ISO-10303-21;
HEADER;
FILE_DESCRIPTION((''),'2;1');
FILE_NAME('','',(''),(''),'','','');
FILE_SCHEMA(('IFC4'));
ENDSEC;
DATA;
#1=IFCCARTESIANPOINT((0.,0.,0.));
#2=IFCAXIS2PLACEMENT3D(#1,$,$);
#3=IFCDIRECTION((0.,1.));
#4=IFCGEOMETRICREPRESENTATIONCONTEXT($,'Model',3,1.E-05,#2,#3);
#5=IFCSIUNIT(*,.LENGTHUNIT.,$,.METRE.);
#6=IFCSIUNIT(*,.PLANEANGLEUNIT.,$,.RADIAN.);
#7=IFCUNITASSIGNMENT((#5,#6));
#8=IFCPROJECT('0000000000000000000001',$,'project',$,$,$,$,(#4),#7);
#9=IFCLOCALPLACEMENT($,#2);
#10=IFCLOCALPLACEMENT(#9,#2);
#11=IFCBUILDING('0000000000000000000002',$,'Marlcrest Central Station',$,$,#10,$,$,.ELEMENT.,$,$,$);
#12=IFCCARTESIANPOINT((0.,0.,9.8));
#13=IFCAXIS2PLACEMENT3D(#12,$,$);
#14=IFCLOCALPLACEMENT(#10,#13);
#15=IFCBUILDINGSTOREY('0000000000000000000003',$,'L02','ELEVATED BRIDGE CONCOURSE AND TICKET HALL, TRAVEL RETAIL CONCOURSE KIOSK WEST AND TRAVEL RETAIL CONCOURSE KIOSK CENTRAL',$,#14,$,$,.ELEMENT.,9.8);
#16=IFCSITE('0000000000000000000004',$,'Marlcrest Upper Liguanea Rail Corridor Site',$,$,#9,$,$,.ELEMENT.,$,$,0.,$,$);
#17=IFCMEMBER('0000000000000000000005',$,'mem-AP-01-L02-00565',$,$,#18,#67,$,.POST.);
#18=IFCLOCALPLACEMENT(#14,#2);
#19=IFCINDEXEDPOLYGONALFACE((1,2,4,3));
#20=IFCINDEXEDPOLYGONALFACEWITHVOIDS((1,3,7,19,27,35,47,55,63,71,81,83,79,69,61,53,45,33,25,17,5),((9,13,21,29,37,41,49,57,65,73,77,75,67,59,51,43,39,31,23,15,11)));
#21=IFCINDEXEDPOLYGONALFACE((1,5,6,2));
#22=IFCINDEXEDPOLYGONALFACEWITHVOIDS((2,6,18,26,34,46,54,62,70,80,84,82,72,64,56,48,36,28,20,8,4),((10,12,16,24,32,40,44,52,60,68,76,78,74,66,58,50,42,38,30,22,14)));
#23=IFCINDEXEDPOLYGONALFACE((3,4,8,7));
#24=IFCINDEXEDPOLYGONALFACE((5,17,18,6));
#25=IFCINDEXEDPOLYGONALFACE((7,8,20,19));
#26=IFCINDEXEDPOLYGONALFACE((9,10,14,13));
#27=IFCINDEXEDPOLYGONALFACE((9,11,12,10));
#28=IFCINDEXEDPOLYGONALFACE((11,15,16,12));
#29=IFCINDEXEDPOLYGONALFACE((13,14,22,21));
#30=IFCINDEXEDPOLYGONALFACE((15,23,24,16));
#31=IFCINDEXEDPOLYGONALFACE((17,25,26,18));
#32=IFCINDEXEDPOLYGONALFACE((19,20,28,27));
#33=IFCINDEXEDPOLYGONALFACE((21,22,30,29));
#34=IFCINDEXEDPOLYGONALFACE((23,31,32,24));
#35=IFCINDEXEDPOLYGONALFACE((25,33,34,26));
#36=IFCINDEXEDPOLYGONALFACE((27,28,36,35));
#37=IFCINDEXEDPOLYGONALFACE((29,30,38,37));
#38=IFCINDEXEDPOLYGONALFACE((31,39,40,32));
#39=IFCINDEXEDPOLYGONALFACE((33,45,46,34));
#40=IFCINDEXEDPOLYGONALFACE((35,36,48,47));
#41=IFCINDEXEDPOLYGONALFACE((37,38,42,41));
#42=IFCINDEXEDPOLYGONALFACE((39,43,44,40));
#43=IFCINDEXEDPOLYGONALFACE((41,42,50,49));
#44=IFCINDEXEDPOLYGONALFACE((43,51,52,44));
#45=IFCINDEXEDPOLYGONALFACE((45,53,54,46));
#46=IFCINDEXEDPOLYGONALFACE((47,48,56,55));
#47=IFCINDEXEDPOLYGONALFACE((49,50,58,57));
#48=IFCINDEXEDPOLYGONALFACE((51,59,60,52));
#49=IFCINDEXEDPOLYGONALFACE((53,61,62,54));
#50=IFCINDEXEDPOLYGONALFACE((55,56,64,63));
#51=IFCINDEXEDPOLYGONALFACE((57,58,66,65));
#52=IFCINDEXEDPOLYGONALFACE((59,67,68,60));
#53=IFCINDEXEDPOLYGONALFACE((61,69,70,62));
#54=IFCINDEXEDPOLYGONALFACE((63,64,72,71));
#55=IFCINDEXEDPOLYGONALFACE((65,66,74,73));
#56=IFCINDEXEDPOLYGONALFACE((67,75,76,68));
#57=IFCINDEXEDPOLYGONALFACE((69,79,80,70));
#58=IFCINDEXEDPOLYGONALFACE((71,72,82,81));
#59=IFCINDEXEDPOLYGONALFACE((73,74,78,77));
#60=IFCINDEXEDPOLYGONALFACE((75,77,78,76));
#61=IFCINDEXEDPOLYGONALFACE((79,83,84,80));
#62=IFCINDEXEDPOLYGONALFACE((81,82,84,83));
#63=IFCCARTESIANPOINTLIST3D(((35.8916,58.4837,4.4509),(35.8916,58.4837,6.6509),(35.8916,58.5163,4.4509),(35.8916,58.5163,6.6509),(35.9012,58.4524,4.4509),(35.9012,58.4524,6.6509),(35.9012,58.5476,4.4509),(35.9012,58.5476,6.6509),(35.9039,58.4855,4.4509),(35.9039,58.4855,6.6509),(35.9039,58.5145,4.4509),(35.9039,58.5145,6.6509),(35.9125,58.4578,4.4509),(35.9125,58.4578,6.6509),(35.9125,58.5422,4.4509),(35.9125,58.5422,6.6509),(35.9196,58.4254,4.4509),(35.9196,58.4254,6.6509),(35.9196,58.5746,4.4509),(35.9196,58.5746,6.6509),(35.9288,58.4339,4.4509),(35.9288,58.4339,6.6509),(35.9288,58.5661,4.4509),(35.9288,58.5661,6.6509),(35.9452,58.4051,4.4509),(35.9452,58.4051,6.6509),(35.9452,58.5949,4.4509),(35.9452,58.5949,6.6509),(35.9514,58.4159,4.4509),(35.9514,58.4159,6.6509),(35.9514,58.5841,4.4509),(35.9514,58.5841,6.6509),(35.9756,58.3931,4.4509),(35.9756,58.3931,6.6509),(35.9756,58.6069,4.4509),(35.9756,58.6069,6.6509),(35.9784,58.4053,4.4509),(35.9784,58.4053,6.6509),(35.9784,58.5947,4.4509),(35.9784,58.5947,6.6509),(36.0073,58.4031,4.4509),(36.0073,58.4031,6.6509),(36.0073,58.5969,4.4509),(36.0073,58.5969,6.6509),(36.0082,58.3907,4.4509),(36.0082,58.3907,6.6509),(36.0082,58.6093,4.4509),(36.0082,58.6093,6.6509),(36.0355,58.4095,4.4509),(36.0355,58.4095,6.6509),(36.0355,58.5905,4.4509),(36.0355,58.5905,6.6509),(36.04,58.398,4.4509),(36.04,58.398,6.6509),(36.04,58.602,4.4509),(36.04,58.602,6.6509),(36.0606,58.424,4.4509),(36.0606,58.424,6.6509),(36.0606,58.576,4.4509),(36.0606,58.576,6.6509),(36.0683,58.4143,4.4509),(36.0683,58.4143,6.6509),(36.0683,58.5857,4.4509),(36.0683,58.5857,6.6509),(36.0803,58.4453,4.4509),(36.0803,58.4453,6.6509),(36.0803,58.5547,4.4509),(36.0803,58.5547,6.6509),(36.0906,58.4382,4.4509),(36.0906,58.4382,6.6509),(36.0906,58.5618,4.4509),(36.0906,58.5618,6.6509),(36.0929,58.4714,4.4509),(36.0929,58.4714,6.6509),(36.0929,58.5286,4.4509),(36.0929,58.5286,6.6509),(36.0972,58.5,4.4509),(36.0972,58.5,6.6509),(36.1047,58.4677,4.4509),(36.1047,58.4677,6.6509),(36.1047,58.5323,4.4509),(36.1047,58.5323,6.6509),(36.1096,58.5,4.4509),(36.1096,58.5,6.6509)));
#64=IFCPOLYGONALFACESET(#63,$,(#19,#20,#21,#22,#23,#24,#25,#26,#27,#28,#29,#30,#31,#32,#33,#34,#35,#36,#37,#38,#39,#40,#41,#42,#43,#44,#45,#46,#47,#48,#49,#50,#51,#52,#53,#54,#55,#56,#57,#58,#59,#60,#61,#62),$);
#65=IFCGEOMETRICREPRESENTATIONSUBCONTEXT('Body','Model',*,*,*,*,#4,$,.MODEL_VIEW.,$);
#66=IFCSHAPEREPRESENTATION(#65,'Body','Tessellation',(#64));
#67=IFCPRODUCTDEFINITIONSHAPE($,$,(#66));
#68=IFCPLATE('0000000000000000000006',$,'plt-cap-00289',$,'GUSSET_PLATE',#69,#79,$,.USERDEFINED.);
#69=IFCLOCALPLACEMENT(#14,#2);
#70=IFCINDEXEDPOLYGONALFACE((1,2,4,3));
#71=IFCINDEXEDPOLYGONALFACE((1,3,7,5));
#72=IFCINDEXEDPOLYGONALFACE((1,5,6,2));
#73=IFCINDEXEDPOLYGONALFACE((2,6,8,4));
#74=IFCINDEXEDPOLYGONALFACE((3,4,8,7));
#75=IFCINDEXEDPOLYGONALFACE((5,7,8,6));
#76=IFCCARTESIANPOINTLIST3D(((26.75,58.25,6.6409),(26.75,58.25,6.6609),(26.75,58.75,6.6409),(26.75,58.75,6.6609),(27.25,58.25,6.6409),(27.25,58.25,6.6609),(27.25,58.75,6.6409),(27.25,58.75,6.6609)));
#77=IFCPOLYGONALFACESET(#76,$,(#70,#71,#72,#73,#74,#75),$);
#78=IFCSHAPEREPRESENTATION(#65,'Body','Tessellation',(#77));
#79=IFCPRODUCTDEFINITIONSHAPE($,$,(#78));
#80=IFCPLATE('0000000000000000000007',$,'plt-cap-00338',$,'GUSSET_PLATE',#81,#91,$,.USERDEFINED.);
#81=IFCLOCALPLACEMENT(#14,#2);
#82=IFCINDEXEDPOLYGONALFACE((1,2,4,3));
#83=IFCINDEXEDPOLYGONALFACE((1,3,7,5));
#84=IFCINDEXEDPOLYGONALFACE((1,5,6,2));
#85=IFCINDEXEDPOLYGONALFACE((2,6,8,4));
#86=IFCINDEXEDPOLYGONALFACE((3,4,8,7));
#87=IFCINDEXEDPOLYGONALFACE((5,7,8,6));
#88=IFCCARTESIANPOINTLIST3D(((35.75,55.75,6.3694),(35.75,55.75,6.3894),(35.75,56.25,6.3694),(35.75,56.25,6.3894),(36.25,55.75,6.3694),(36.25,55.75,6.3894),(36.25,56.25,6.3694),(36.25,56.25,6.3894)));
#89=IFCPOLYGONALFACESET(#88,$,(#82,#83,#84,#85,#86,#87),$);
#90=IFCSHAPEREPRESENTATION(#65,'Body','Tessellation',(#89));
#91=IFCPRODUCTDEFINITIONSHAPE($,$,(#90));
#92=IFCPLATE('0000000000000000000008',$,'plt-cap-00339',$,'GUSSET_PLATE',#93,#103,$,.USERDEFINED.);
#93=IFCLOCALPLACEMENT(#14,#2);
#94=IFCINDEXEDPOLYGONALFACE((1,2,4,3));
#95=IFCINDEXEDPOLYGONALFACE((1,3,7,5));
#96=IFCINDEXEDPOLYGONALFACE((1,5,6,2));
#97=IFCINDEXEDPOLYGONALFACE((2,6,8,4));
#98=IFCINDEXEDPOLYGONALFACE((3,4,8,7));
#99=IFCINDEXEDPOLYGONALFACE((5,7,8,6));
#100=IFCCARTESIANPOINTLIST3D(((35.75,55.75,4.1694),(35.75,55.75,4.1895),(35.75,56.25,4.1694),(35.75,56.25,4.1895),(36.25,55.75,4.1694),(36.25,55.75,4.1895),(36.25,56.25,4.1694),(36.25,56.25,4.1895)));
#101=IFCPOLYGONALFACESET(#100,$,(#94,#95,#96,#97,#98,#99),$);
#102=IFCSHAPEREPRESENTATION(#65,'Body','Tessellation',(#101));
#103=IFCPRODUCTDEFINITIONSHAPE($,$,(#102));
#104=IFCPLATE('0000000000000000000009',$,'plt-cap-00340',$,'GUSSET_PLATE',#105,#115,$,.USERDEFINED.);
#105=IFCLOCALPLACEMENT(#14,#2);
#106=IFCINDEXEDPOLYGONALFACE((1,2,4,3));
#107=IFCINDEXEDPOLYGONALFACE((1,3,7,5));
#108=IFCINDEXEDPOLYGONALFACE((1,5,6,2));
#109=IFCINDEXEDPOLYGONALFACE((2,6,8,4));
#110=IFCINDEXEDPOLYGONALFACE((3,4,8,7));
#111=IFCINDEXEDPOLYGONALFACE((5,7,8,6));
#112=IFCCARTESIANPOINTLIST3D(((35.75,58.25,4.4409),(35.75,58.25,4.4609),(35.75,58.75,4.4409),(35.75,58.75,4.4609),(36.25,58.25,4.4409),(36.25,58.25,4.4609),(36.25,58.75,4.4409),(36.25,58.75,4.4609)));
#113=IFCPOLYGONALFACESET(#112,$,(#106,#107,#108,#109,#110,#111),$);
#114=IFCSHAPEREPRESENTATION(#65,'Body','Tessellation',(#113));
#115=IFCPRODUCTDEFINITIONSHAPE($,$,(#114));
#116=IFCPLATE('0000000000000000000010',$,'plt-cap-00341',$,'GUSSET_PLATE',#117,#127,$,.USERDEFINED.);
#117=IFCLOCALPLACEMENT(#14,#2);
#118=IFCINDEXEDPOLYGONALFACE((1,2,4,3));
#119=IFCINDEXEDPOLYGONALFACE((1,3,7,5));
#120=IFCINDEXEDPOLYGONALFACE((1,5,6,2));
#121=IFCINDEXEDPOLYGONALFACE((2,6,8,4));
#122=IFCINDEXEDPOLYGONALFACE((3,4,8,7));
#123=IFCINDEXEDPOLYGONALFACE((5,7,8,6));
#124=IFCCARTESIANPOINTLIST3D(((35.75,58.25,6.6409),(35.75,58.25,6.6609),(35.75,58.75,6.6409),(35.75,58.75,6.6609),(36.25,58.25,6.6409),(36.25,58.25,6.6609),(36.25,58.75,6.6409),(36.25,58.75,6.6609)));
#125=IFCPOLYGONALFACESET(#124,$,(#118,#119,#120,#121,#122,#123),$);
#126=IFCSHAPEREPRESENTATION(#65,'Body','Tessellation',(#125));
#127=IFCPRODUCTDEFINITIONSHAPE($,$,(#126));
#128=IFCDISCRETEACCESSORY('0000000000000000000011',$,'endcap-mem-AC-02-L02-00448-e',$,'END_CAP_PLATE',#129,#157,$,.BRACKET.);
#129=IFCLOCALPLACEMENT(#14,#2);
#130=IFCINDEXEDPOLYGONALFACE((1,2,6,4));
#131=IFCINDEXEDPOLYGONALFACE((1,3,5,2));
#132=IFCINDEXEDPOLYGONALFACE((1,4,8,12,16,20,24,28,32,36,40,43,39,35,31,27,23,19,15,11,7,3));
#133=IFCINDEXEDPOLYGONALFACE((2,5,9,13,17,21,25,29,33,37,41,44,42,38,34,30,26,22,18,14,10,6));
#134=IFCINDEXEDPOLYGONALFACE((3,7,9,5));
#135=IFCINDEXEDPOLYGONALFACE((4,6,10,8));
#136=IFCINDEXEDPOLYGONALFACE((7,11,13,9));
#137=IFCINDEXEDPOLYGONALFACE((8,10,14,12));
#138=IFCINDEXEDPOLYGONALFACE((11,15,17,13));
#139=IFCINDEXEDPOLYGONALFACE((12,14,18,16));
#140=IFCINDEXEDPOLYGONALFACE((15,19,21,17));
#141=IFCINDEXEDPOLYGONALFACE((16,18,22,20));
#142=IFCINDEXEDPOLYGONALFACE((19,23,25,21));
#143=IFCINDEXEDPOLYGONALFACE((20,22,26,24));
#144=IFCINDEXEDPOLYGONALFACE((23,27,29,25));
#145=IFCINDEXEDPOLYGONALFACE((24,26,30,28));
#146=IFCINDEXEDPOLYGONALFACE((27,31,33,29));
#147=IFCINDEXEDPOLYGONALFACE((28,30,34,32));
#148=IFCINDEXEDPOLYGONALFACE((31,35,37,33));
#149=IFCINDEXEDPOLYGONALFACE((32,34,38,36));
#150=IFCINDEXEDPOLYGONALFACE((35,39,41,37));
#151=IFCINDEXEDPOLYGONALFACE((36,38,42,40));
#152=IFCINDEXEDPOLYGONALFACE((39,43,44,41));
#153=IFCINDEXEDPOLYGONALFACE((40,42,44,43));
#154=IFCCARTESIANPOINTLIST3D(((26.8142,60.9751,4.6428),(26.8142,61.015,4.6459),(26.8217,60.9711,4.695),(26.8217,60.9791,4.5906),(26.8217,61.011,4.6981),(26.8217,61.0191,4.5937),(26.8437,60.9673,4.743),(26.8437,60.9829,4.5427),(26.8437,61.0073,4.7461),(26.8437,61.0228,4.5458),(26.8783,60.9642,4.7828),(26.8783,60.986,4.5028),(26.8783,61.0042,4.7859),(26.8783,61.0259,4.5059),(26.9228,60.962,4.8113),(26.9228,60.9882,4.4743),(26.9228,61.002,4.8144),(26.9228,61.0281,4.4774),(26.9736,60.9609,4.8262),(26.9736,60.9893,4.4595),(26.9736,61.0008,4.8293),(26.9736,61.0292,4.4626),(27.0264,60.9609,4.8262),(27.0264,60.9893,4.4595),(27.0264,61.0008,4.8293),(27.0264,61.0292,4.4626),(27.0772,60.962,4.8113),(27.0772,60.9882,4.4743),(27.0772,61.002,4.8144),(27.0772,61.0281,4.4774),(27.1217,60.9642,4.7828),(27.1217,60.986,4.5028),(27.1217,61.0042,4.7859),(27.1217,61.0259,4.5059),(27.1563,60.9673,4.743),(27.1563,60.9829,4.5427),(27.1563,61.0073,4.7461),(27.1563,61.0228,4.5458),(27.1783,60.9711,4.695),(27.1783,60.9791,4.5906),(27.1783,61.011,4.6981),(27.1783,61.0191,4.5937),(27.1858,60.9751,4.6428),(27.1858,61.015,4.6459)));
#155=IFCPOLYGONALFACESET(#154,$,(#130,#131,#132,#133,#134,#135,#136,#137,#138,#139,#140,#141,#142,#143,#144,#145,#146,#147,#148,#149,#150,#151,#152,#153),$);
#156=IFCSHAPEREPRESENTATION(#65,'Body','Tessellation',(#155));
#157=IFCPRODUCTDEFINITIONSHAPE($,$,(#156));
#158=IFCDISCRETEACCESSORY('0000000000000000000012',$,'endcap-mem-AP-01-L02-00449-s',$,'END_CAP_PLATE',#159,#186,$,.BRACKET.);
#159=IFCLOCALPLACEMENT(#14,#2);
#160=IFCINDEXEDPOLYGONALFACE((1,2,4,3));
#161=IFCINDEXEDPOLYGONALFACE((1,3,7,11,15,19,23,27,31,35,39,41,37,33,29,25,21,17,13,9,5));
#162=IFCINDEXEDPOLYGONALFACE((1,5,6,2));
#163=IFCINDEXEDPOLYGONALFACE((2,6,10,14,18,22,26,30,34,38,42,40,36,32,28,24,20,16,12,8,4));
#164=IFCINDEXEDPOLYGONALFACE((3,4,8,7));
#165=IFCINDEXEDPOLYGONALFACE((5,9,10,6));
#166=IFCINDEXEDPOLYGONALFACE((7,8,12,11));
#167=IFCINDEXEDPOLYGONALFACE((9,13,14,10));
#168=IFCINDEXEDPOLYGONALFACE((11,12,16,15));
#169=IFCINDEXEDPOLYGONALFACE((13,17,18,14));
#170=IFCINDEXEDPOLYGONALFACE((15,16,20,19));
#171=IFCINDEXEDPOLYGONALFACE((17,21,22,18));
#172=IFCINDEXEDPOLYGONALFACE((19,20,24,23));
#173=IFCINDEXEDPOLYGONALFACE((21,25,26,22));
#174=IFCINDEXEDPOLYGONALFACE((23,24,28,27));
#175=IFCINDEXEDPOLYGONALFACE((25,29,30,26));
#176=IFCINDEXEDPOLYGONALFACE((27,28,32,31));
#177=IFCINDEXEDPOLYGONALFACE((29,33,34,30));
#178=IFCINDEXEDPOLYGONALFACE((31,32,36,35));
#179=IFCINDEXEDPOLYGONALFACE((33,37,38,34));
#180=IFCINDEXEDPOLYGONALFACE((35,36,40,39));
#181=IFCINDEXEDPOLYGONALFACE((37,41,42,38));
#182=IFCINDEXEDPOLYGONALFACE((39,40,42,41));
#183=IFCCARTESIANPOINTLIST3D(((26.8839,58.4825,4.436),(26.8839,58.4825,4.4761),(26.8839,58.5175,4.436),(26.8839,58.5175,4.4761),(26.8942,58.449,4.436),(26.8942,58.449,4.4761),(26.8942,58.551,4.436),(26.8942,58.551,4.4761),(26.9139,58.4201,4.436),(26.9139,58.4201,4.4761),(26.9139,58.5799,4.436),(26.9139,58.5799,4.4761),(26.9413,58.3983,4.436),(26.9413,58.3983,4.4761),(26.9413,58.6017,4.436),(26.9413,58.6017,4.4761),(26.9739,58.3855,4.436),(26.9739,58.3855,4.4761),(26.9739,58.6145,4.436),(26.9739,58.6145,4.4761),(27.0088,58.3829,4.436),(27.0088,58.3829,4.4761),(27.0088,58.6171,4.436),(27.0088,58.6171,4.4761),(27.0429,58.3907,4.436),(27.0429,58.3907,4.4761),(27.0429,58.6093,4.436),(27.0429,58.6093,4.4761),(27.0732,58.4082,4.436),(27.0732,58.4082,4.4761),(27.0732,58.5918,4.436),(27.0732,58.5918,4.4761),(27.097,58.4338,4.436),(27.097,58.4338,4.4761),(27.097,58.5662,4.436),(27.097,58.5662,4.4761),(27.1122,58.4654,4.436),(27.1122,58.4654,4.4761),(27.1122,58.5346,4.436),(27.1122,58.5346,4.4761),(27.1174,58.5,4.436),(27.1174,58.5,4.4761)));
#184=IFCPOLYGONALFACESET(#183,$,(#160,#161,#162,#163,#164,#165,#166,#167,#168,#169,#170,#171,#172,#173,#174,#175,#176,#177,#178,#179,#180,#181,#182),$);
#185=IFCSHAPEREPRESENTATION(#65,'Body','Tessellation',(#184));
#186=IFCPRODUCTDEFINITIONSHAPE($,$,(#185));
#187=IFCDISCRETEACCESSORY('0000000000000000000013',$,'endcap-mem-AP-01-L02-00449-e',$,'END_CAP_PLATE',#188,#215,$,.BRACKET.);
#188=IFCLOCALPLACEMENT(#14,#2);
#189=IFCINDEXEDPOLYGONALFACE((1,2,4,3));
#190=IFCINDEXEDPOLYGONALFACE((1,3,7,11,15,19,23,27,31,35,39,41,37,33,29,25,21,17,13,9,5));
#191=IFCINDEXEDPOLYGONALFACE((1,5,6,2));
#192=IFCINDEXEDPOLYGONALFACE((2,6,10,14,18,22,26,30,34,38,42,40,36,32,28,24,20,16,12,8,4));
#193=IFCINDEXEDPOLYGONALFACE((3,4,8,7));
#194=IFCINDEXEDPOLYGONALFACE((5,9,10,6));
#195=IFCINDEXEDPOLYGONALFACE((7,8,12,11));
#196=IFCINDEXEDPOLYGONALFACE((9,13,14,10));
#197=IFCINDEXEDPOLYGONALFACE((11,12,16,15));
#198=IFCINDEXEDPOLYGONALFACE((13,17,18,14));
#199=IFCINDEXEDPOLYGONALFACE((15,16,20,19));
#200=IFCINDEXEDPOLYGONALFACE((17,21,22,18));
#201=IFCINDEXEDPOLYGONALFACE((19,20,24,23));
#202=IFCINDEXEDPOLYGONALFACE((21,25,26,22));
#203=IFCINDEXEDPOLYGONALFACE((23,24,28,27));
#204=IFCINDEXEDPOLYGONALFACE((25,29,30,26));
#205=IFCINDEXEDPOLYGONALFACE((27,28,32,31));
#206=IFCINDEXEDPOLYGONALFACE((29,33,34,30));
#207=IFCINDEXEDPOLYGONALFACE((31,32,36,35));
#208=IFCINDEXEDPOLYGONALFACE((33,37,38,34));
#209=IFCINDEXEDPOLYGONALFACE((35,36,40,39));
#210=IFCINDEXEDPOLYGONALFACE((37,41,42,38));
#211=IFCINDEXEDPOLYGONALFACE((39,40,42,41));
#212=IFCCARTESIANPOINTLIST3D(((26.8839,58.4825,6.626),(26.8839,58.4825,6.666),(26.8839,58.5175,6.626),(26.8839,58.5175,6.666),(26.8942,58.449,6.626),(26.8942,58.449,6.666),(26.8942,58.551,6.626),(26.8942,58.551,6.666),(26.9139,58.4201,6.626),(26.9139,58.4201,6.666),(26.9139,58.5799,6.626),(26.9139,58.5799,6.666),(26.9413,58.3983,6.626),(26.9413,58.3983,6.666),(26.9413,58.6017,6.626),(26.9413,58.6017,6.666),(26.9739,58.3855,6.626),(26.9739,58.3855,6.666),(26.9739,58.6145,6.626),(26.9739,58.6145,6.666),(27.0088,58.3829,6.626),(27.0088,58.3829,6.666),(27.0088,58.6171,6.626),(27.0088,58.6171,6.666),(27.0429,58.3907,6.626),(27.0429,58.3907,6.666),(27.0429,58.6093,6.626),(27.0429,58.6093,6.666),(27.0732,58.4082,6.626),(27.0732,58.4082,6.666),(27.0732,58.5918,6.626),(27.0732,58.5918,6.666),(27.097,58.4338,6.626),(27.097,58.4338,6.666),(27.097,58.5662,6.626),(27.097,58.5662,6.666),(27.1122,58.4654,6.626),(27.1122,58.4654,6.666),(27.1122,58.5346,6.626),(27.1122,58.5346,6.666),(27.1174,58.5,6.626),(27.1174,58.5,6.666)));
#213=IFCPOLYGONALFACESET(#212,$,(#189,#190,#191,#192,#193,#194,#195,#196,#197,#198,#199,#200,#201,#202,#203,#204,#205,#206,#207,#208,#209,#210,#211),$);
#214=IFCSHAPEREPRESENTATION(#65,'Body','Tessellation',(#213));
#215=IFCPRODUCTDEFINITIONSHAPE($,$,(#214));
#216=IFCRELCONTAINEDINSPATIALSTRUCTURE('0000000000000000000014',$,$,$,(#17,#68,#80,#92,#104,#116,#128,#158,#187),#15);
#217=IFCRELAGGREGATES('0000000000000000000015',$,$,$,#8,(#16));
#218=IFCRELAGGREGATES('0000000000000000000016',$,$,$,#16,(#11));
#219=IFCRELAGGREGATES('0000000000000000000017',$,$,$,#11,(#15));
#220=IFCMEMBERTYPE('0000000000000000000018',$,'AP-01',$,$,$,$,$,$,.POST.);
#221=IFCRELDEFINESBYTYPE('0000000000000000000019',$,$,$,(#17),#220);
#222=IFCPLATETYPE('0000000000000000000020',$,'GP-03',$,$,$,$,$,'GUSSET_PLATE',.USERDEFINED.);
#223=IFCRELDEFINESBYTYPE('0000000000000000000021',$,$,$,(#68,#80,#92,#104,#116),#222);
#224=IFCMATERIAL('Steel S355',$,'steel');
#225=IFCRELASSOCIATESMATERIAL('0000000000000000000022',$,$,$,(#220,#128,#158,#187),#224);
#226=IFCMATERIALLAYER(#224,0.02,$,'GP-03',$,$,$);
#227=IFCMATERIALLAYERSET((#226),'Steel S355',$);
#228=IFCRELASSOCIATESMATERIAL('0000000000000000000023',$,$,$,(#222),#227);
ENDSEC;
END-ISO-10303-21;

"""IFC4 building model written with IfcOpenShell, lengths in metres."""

from ifc_helpers import new_model, si_unit, direction, frame, origin, origin_2d, place, context, subcontext, project, spatial, rectangle, circle, hollow_circle, extrude, material, layer, layer_set, material_profile, profile_set, type_object, element, save


model = new_model("IFC4")

# Units and contexts
model_context = context("Model", 3, precision=1e-05, world=origin(), true_north=direction((0.0, 1.0)))
body_context = subcontext(model_context, "Body", "Model", "MODEL_VIEW")
ifc_project = project(units=[si_unit("LENGTHUNIT", "METRE"), si_unit("PLANEANGLEUNIT", "RADIAN")], contexts=[model_context])

# Site, building, storey
site_placement = place(None, origin())
site = spatial("IfcSite", under=ifc_project, at=site_placement, Name="Marlcrest Upper Liguanea Rail Corridor Site", CompositionType="ELEMENT", RefElevation=0.0)
building_placement = place(site_placement, origin())
building = spatial("IfcBuilding", under=site, at=building_placement, Name="Marlcrest Central Station", CompositionType="ELEMENT")
storey_placement = place(building_placement, frame((0.0, 0.0, 9.8)))
storey = spatial("IfcBuildingStorey", under=building, at=storey_placement, Name="L02", Description="ELEVATED BRIDGE CONCOURSE AND TICKET HALL, TRAVEL RETAIL CONCOURSE KIOSK WEST AND TRAVEL RETAIL CONCOURSE KIOSK CENTRAL", CompositionType="ELEMENT", Elevation=9.8)

# Member
ifc_material = material(Name="Steel S355", Category="steel")
ifc_material_profile_1 = material_profile(ifc_material, hollow_circle(Radius=0.1096, WallThickness=0.0125, at=origin_2d()), Name="CHS 219.1x12.5")
ifc_profile_set_1 = profile_set([ifc_material_profile_1], Name="Steel S355")
member_type_1 = type_object("IfcMemberType", Name="AP-01", PredefinedType="POST", material=ifc_profile_set_1)
for number, where, z_axis, x_axis, name in (
    (1, (36.0, 58.5, 4.4509), (0.0, 0.0, 1.0), (1.0, 0.0, 0.0), "mem-AP-01-L02-00565"),
):
    element("IfcMember", number, at=place(storey_placement, frame(where, z_axis=z_axis, x_axis=x_axis)), inside=storey, type_object=member_type_1, Name=name, PredefinedType="POST", context=body_context, shape_type="SweptSolid", body=[
        extrude(hollow_circle(Radius=0.1096, WallThickness=0.0125, at=origin_2d()), origin(), (0.0, 0.0, 1.0), 2.2),
    ])

# Plates
ifc_layer = layer(ifc_material, 0.02, Name="GP-03")
ifc_layer_set = layer_set([ifc_layer], Name="Steel S355")
plate_type = type_object("IfcPlateType", Name="GP-03", ElementType="GUSSET_PLATE", PredefinedType="USERDEFINED", material=ifc_layer_set)
for number, where, z_axis, x_axis, name in (
    (2, (27.0, 58.5, 6.6409), (0.0, 0.0, 1.0), (1.0, 0.0, 0.0), "plt-cap-00289"),
    (3, (36.0, 56.0, 6.3694), (0.0, 0.0, 1.0), (1.0, 0.0, 0.0), "plt-cap-00338"),
    (4, (36.0, 56.0, 4.1694), (0.0, 0.0, 1.0), (1.0, 0.0, 0.0), "plt-cap-00339"),
    (5, (36.0, 58.5, 4.4409), (0.0, 0.0, 1.0), (1.0, 0.0, 0.0), "plt-cap-00340"),
    (6, (36.0, 58.5, 6.6409), (0.0, 0.0, 1.0), (1.0, 0.0, 0.0), "plt-cap-00341"),
):
    element("IfcPlate", number, at=place(storey_placement, frame(where, z_axis=z_axis, x_axis=x_axis)), inside=storey, type_object=plate_type, Name=name, ObjectType="GUSSET_PLATE", PredefinedType="USERDEFINED", context=body_context, shape_type="SweptSolid", body=[
        extrude(rectangle(XDim=0.5, YDim=0.5, at=origin_2d()), origin(), (0.0, 0.0, 1.0), 0.02),
    ])

# Discrete accessories
discrete_accessory_1_placement = place(storey_placement, frame((27.0, 60.9751, 4.6428), z_axis=(0.0, 0.997007, 0.077307), x_axis=(-1.0, 0.0, 0.0)))
element("IfcDiscreteAccessory", 7, at=discrete_accessory_1_placement, inside=storey, material=ifc_material, Name="endcap-mem-AC-02-L02-00448-e", ObjectType="END_CAP_PLATE", PredefinedType="BRACKET", context=body_context, shape_type="SweptSolid", body=[
    extrude(circle(Radius=0.1858, at=origin_2d()), origin(), (0.0, 0.0, 1.0), 0.04),
])
for number, where, z_axis, x_axis, name in (
    (8, (27.0, 58.5, 4.436), (0.0, 0.0, 1.0), (1.0, 0.0, 0.0), "endcap-mem-AP-01-L02-00449-s"),
    (9, (27.0, 58.5, 6.626), (0.0, 0.0, 1.0), (1.0, 0.0, 0.0), "endcap-mem-AP-01-L02-00449-e"),
):
    element("IfcDiscreteAccessory", number, at=place(storey_placement, frame(where, z_axis=z_axis, x_axis=x_axis)), inside=storey, material=ifc_material, Name=name, ObjectType="END_CAP_PLATE", PredefinedType="BRACKET", context=body_context, shape_type="SweptSolid", body=[
        extrude(circle(Radius=0.1174, at=origin_2d()), origin(), (0.0, 0.0, 1.0), 0.04),
    ])

save(model, "model.ifc")
